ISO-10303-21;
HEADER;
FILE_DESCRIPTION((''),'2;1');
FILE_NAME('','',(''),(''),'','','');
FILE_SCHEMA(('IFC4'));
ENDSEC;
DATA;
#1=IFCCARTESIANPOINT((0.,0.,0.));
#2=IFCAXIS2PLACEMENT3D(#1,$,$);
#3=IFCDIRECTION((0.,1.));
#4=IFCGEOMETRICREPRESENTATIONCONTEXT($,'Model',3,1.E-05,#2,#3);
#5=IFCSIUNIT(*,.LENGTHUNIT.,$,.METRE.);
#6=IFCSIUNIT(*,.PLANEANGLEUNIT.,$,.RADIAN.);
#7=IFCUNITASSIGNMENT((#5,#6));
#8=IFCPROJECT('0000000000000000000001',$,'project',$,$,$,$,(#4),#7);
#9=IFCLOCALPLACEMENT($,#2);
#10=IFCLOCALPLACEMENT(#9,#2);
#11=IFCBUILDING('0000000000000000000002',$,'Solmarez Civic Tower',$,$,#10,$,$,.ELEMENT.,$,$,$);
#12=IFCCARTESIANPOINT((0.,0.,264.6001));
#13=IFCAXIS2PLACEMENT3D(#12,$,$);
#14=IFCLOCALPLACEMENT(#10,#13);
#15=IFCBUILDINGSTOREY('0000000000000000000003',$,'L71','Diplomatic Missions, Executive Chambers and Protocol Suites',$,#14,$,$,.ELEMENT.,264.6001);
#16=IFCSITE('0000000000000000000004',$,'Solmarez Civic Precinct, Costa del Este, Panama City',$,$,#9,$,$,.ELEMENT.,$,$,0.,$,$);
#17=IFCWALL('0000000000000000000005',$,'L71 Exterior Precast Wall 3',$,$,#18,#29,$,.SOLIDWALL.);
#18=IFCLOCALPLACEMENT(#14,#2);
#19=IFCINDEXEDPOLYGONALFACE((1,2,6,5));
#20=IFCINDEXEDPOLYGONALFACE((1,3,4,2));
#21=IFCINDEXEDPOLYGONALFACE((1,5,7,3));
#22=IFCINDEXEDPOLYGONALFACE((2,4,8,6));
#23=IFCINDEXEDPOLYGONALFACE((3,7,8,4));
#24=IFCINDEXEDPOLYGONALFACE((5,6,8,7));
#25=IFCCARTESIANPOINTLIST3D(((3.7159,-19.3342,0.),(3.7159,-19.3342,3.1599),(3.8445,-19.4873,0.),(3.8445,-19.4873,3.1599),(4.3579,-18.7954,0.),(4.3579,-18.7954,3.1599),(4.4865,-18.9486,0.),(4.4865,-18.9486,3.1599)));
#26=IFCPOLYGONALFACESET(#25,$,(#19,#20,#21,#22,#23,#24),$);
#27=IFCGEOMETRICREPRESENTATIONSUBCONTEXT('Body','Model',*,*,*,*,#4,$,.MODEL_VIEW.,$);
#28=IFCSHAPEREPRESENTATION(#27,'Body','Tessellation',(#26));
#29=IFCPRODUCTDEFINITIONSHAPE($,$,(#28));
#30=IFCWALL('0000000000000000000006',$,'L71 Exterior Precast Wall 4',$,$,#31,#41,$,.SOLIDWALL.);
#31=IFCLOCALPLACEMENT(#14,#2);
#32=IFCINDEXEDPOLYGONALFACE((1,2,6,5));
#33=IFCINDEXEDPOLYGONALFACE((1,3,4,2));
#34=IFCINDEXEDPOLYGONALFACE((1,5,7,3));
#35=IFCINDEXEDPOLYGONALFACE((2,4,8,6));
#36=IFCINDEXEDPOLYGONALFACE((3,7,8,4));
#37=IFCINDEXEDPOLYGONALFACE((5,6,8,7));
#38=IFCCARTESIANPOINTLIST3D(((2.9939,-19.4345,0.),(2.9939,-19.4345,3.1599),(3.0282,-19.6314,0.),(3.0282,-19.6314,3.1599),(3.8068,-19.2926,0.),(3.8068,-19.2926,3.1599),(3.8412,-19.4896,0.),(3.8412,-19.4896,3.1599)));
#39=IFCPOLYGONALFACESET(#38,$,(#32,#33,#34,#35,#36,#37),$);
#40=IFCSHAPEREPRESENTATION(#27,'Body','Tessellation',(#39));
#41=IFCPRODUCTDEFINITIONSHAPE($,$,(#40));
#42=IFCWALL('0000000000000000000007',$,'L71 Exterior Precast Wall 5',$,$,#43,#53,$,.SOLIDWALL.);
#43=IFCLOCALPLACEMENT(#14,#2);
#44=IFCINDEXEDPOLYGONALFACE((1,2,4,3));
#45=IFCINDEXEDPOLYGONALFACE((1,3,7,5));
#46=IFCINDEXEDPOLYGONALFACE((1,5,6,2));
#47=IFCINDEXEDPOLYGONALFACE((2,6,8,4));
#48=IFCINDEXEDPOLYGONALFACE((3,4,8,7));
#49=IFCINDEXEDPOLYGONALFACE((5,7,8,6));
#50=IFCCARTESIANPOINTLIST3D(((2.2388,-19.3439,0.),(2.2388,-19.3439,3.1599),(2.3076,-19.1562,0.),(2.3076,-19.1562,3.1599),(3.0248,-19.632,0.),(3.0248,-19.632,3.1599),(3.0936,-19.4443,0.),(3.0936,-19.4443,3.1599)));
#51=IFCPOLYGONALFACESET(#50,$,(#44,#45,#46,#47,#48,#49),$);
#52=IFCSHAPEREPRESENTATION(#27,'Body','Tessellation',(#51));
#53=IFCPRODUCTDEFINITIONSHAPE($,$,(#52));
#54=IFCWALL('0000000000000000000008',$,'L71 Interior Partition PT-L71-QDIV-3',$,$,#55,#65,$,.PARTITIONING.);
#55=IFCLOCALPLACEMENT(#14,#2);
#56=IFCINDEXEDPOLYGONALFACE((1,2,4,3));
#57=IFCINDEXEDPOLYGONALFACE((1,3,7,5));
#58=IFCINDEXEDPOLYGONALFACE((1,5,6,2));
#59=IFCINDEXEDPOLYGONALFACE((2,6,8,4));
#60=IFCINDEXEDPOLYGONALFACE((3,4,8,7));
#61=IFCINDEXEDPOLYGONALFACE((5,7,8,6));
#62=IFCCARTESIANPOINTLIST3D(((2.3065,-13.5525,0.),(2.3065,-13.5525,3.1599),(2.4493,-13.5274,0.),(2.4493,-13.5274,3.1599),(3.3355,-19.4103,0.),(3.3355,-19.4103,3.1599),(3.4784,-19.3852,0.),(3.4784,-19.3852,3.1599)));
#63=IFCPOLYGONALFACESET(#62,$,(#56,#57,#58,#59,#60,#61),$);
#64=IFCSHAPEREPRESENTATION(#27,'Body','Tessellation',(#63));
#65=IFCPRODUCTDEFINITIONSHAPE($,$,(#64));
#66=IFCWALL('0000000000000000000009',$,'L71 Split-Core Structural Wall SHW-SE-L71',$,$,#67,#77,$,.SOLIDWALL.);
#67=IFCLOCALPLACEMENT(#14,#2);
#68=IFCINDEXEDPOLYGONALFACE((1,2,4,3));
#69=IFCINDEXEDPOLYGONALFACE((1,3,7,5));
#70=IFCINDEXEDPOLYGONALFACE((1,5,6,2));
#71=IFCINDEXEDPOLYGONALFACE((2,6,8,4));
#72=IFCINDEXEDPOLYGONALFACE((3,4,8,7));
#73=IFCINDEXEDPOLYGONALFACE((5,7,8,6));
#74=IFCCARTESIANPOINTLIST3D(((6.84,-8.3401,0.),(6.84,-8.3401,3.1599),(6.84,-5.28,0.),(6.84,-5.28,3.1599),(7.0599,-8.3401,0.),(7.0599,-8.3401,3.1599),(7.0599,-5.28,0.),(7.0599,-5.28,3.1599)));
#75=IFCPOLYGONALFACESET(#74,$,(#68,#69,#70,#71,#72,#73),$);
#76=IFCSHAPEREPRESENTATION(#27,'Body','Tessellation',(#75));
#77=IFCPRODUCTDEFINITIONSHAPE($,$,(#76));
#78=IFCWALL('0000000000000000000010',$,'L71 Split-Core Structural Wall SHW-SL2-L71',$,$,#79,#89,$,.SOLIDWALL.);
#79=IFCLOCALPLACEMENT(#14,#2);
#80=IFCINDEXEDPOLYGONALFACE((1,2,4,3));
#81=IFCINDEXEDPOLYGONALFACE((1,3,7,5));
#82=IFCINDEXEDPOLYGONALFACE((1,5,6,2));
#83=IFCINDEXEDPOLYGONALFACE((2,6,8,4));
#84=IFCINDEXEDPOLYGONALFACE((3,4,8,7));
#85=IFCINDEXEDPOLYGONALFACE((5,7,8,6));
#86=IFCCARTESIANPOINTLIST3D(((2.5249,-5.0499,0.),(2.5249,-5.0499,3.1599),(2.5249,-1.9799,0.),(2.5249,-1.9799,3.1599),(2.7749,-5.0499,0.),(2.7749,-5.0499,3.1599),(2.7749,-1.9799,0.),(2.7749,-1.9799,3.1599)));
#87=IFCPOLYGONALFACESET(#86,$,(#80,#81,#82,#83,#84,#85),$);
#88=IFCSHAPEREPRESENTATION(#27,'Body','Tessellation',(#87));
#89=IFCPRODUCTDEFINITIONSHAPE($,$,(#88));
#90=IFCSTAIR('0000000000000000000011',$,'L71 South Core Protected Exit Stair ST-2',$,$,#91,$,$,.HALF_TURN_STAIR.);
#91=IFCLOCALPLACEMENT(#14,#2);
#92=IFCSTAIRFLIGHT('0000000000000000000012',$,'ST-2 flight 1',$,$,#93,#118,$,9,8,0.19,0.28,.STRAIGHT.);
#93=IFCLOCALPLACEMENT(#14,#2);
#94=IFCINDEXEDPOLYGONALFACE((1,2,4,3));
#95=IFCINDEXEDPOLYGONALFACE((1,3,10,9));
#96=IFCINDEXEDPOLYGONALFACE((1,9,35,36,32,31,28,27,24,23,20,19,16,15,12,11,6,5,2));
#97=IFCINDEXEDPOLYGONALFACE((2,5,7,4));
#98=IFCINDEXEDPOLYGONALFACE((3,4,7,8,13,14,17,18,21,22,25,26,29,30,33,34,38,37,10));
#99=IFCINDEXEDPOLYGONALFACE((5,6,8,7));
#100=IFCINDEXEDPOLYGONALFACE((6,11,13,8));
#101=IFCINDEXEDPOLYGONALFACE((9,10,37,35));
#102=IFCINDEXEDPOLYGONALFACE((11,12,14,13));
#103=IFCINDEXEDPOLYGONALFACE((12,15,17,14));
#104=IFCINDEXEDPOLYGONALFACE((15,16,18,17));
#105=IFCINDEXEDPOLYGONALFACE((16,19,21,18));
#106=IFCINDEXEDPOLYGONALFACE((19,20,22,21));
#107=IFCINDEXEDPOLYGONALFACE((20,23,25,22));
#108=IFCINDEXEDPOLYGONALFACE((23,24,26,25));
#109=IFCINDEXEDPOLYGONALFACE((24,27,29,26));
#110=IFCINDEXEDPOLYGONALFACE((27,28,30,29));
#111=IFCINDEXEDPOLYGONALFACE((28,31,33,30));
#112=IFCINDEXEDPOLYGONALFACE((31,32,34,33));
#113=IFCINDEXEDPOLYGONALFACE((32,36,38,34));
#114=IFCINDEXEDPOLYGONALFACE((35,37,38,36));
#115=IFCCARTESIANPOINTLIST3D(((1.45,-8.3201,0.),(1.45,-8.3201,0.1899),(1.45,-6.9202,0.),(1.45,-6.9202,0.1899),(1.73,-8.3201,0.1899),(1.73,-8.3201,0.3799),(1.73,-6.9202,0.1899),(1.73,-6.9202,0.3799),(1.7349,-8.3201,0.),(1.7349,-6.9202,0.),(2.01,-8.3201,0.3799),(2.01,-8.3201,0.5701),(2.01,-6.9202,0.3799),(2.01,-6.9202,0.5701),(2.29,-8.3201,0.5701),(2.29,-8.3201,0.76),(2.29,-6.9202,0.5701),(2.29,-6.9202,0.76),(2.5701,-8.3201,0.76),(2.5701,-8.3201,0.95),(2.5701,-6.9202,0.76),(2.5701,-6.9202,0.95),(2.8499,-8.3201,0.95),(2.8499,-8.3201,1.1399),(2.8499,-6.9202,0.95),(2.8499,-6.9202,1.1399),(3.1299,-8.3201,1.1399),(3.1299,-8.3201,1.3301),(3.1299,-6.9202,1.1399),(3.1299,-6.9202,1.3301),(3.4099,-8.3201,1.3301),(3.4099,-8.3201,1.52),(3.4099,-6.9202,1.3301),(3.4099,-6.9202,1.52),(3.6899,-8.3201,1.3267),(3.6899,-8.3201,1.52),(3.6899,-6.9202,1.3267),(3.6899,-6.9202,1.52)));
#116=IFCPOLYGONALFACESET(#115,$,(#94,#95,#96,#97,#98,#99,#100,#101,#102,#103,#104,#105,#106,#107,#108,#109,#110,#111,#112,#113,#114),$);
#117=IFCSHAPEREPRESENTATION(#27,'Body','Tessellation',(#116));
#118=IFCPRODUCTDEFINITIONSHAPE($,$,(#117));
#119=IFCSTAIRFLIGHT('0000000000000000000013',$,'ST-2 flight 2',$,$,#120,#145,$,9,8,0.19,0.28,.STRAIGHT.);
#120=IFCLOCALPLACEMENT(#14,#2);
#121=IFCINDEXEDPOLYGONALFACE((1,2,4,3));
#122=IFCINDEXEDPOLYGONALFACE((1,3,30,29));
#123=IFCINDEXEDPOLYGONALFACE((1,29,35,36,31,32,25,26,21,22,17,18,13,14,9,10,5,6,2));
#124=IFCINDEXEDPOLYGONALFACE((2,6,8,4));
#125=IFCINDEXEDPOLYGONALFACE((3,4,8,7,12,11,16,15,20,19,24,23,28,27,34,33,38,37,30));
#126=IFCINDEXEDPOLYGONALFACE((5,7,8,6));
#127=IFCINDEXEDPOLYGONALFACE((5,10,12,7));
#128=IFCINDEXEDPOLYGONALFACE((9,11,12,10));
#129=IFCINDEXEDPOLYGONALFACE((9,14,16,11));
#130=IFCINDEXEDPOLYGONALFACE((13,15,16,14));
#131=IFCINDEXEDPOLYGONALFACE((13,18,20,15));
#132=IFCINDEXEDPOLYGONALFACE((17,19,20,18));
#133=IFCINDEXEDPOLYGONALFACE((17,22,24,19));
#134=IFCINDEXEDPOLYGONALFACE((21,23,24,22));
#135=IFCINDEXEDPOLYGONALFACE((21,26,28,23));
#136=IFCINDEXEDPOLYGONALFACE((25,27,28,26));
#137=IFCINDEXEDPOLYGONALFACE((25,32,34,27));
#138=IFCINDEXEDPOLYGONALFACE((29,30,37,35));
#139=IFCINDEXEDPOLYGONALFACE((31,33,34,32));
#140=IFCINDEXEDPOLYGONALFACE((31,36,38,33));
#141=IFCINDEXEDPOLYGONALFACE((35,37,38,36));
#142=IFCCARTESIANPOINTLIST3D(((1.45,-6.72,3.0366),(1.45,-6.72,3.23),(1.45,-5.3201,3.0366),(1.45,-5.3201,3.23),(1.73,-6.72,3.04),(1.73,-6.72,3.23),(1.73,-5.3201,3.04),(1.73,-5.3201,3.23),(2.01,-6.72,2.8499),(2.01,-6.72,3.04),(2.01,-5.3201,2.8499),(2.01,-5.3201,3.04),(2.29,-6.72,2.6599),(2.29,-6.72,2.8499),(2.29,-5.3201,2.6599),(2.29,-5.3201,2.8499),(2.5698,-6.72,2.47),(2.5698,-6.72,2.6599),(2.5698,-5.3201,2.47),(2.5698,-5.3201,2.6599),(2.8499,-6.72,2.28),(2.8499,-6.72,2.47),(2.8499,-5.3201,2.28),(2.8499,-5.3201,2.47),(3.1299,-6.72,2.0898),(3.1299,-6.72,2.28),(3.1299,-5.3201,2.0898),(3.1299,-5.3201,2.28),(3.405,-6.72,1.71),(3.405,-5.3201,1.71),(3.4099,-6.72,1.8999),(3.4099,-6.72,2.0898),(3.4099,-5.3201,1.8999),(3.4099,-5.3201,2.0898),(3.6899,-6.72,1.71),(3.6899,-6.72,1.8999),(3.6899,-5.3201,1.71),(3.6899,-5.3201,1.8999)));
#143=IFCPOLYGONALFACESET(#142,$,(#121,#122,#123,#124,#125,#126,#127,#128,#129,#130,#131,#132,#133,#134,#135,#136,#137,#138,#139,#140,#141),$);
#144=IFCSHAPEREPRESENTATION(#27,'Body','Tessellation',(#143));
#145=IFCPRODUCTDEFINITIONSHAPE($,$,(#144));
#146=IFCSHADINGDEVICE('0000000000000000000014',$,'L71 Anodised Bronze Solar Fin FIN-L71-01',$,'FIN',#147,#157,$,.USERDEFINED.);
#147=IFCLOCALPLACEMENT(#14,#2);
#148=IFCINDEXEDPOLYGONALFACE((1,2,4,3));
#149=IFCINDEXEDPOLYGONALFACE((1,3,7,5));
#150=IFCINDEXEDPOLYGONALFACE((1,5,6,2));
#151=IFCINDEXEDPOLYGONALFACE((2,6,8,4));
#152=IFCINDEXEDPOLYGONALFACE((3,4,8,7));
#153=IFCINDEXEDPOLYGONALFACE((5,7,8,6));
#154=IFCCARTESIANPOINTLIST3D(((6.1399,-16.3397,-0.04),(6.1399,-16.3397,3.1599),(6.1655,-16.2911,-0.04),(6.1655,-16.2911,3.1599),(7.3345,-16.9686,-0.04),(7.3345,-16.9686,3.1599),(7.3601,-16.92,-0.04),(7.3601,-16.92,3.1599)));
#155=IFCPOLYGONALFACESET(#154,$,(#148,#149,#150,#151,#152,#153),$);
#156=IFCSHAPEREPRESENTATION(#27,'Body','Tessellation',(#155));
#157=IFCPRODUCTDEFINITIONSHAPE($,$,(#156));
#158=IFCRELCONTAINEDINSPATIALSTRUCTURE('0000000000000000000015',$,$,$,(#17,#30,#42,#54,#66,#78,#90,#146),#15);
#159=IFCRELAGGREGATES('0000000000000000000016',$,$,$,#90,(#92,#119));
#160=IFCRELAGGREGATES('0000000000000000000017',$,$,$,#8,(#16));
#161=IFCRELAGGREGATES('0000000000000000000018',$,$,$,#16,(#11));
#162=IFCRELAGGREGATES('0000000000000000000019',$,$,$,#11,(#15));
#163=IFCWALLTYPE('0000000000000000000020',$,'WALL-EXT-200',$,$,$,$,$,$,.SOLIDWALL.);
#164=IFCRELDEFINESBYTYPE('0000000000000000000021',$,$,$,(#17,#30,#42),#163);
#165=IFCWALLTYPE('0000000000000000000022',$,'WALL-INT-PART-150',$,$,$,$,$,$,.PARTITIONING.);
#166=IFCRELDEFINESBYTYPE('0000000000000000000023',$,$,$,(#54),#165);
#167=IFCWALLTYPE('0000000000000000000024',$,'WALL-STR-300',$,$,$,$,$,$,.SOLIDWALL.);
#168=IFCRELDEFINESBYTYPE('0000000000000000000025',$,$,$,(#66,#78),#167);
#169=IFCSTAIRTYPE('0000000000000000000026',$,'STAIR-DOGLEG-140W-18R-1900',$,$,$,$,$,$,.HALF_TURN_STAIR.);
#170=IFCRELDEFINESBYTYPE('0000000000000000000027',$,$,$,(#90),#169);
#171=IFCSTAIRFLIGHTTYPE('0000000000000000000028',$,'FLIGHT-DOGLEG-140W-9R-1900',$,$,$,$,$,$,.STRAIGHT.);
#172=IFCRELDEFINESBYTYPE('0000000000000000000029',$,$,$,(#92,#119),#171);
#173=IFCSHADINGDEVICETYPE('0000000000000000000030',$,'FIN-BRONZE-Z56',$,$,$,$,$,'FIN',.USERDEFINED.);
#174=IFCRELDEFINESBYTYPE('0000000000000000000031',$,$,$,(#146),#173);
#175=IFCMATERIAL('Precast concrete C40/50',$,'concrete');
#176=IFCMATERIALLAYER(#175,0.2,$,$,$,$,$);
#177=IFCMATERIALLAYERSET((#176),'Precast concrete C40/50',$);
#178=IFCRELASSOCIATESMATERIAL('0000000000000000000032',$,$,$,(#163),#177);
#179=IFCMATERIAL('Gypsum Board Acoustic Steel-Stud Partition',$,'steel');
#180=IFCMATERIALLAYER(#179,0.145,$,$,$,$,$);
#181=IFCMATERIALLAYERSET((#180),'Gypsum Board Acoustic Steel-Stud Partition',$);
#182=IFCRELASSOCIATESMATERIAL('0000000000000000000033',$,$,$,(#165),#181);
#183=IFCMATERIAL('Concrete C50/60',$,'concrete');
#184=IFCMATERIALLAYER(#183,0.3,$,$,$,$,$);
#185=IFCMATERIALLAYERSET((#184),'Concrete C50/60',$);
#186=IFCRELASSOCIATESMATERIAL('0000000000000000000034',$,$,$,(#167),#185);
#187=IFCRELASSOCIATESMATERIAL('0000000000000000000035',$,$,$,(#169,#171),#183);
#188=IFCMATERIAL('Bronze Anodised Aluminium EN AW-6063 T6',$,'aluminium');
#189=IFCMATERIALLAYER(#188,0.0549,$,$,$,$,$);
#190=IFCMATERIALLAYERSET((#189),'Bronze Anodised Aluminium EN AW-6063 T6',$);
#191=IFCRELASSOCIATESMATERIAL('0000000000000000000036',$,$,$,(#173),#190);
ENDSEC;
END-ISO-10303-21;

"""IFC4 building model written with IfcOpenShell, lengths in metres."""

from ifc_helpers import new_model, si_unit, direction, frame, frame_2d, origin, origin_2d, place, context, subcontext, project, spatial, polyline, rectangle, outline, extrude, material, layer, layer_set, type_object, element, aggregate, save


model = new_model("IFC4")

# Units and contexts
model_context = context("Model", 3, precision=1e-05, world=origin(), true_north=direction((0.0, 1.0)))
body_context = subcontext(model_context, "Body", "Model", "MODEL_VIEW")
ifc_project = project(units=[si_unit("LENGTHUNIT", "METRE"), si_unit("PLANEANGLEUNIT", "RADIAN")], contexts=[model_context])

# Site, building, storey
site_placement = place(None, origin())
site = spatial("IfcSite", under=ifc_project, at=site_placement, Name="Solmarez Civic Precinct, Costa del Este, Panama City", CompositionType="ELEMENT", RefElevation=0.0)
building_placement = place(site_placement, origin())
building = spatial("IfcBuilding", under=site, at=building_placement, Name="Solmarez Civic Tower", CompositionType="ELEMENT")
storey_placement = place(building_placement, frame((0.0, 0.0, 264.6001)))
storey = spatial("IfcBuildingStorey", under=building, at=storey_placement, Name="L71", Description="Diplomatic Missions, Executive Chambers and Protocol Suites", CompositionType="ELEMENT", Elevation=264.6001)

# Shared definitions
ifc_material_1 = material(Name="Concrete C50/60", Category="concrete")

# Shared definitions
ifc_material_2 = material(Name="Bronze Anodised Aluminium EN AW-6063 T6", Category="aluminium")

# Walls
ifc_material_3 = material(Name="Precast concrete C40/50", Category="concrete")
ifc_layer_1 = layer(ifc_material_3, 0.2)
ifc_layer_set_1 = layer_set([ifc_layer_1], Name="Precast concrete C40/50")
wall_type_1 = type_object("IfcWallType", Name="WALL-EXT-200", PredefinedType="SOLIDWALL", material=ifc_layer_set_1)
wall_1_placement = place(storey_placement, frame((4.4221, -18.8721, 0.0), z_axis=(0.0, 0.0, 1.0), x_axis=(-0.76602, -0.642816, 0.0)))
element("IfcWall", 1, at=wall_1_placement, inside=storey, type_object=wall_type_1, Name="L71 Exterior Precast Wall 3", PredefinedType="SOLIDWALL", context=body_context, shape_type="SweptSolid", body=[
    extrude(rectangle(XDim=0.8381, YDim=0.2, at=frame_2d((0.4189, 0.0))), origin(), (0.0, 0.0, 1.0), 3.1599),
])
wall_2_placement = place(storey_placement, frame((3.824, -19.3911, 0.0), z_axis=(0.0, 0.0, 1.0), x_axis=(-0.985118, -0.171878, 0.0)))
element("IfcWall", 2, at=wall_2_placement, inside=storey, type_object=wall_type_1, Name="L71 Exterior Precast Wall 4", PredefinedType="SOLIDWALL", context=body_context, shape_type="SweptSolid", body=[
    extrude(rectangle(XDim=0.8252, YDim=0.2, at=frame_2d((0.4126, 0.0))), origin(), (0.0, 0.0, 1.0), 3.1599),
])
wall_3_placement = place(storey_placement, frame((3.0591, -19.5381, 0.0), z_axis=(0.0, 0.0, 1.0), x_axis=(-0.938939, 0.344083, 0.0)))
element("IfcWall", 3, at=wall_3_placement, inside=storey, type_object=wall_type_1, Name="L71 Exterior Precast Wall 5", PredefinedType="SOLIDWALL", context=body_context, shape_type="SweptSolid", body=[
    extrude(rectangle(XDim=0.8372, YDim=0.2, at=frame_2d((0.4185, 0.0))), origin(), (0.0, 0.0, 1.0), 3.1599),
])
ifc_material_4 = material(Name="Gypsum Board Acoustic Steel-Stud Partition", Category="steel")
ifc_layer_2 = layer(ifc_material_4, 0.145)
ifc_layer_set_2 = layer_set([ifc_layer_2], Name="Gypsum Board Acoustic Steel-Stud Partition")
wall_type_2 = type_object("IfcWallType", Name="WALL-INT-PART-150", PredefinedType="PARTITIONING", material=ifc_layer_set_2)
wall_4_placement = place(storey_placement, frame((2.3779, -13.54, 0.0), z_axis=(0.0, 0.0, 1.0), x_axis=(0.17302, -0.984918, 0.0)))
element("IfcWall", 4, at=wall_4_placement, inside=storey, type_object=wall_type_2, Name="L71 Interior Partition PT-L71-QDIV-3", PredefinedType="PARTITIONING", context=body_context, shape_type="SweptSolid", body=[
    extrude(rectangle(XDim=5.9475, YDim=0.145, at=frame_2d((2.9736, 0.0))), origin(), (0.0, 0.0, 1.0), 3.1599),
])
ifc_layer_3 = layer(ifc_material_1, 0.3)
ifc_layer_set_3 = layer_set([ifc_layer_3], Name="Concrete C50/60")
wall_type_3 = type_object("IfcWallType", Name="WALL-STR-300", PredefinedType="SOLIDWALL", material=ifc_layer_set_3)
wall_5_placement = place(storey_placement, frame((6.95, -8.3401, 0.0), z_axis=(0.0, 0.0, 1.0), x_axis=(0.0, 1.0, 0.0)))
element("IfcWall", 5, at=wall_5_placement, inside=storey, type_object=wall_type_3, Name="L71 Split-Core Structural Wall SHW-SE-L71", PredefinedType="SOLIDWALL", context=body_context, shape_type="SweptSolid", body=[
    extrude(rectangle(XDim=3.0601, YDim=0.22, at=frame_2d((1.53, 0.0))), origin(), (0.0, 0.0, 1.0), 3.1599),
])
wall_6_placement = place(storey_placement, frame((2.6499, -5.05, 0.0), z_axis=(0.0, 0.0, 1.0), x_axis=(0.0, 1.0, 0.0)))
element("IfcWall", 6, at=wall_6_placement, inside=storey, type_object=wall_type_3, Name="L71 Split-Core Structural Wall SHW-SL2-L71", PredefinedType="SOLIDWALL", context=body_context, shape_type="SweptSolid", body=[
    extrude(rectangle(XDim=3.0701, YDim=0.25, at=frame_2d((1.5352, 0.0))), origin(), (0.0, 0.0, 1.0), 3.1599),
])

# Stair, stair flights
stair_type = type_object("IfcStairType", Name="STAIR-DOGLEG-140W-18R-1900", PredefinedType="HALF_TURN_STAIR", material=ifc_material_1)
stair_placement = place(storey_placement, origin())
stair = element("IfcStair", 7, at=stair_placement, inside=storey, type_object=stair_type, Name="L71 South Core Protected Exit Stair ST-2", PredefinedType="HALF_TURN_STAIR")
stair_flight_type = type_object("IfcStairFlightType", Name="FLIGHT-DOGLEG-140W-9R-1900", PredefinedType="STRAIGHT", material=ifc_material_1)
stair_flight_1_placement = place(storey_placement, frame((1.45, -7.6201, 0.0), z_axis=(0.0, 0.0, 1.0), x_axis=(1.0, 0.0, 0.0)))
stair_flight_1 = element("IfcStairFlight", 8, at=stair_flight_1_placement, type_object=stair_flight_type, Name="ST-2 flight 1", NumberOfRisers=9, NumberOfTreads=8, PredefinedType="STRAIGHT", RiserHeight=0.19, TreadLength=0.28, context=body_context, shape_type="SweptSolid", body=[
    extrude(outline(polyline([(0.0, 0.0), (0.0, 0.1899), (0.28, 0.1899), (0.28, 0.3799), (0.5601, 0.3799), (0.5601, 0.5701), (0.8401, 0.5701), (0.8401, 0.76), (1.1201, 0.76), (1.1201, 0.95), (1.3999, 0.95), (1.3999, 1.1399), (1.6799, 1.1399), (1.6799, 1.3301), (1.96, 1.3301), (1.96, 1.52), (2.24, 1.52), (2.24, 1.71), (2.24, 1.3267), (0.2849, 0.0), (0.0, 0.0)])), frame((0.0, 0.7, 0.0), z_axis=(0.0, -1.0, 0.0), x_axis=(1.0, 0.0, 0.0)), (0.0, 0.0, 1.0), 1.3999),
])
stair_flight_2_placement = place(storey_placement, frame((3.6899, -6.02, 1.71), z_axis=(0.0, 0.0, 1.0), x_axis=(-1.0, 0.0, 0.0)))
stair_flight_2 = element("IfcStairFlight", 9, at=stair_flight_2_placement, type_object=stair_flight_type, Name="ST-2 flight 2", NumberOfRisers=9, NumberOfTreads=8, PredefinedType="STRAIGHT", RiserHeight=0.19, TreadLength=0.28, context=body_context, shape_type="SweptSolid", body=[
    extrude(outline(polyline([(0.0, 0.0), (0.0, 0.1899), (0.28, 0.1899), (0.28, 0.3799), (0.5601, 0.3799), (0.5601, 0.5701), (0.8401, 0.5701), (0.8401, 0.76), (1.1201, 0.76), (1.1201, 0.95), (1.3999, 0.95), (1.3999, 1.1399), (1.6799, 1.1399), (1.6799, 1.3301), (1.96, 1.3301), (1.96, 1.52), (2.24, 1.52), (2.24, 1.71), (2.24, 1.3267), (0.2849, 0.0), (0.0, 0.0)])), frame((0.0, 0.7, 0.0), z_axis=(0.0, -1.0, 0.0), x_axis=(1.0, 0.0, 0.0)), (0.0, 0.0, 1.0), 1.3999),
])
aggregate(stair, [stair_flight_1, stair_flight_2])

# Shading device
ifc_layer_4 = layer(ifc_material_2, 0.0549)
ifc_layer_set_4 = layer_set([ifc_layer_4], Name="Bronze Anodised Aluminium EN AW-6063 T6")
shading_device_type = type_object("IfcShadingDeviceType", Name="FIN-BRONZE-Z56", ElementType="FIN", PredefinedType="USERDEFINED", material=ifc_layer_set_4)
shading_device_placement = place(storey_placement, frame((6.75, -16.6299, -0.04), z_axis=(0.0, 0.0, 1.0), x_axis=(0.884882, -0.465815, 0.0)))
element("IfcShadingDevice", 10, at=shading_device_placement, inside=storey, type_object=shading_device_type, Name="L71 Anodised Bronze Solar Fin FIN-L71-01", ObjectType="FIN", PredefinedType="USERDEFINED", context=body_context, shape_type="SweptSolid", body=[
    extrude(rectangle(XDim=1.3501, YDim=0.0549, at=origin_2d()), origin(), (0.0, 0.0, 1.0), 3.2),
])

save(model, "model.ifc")
